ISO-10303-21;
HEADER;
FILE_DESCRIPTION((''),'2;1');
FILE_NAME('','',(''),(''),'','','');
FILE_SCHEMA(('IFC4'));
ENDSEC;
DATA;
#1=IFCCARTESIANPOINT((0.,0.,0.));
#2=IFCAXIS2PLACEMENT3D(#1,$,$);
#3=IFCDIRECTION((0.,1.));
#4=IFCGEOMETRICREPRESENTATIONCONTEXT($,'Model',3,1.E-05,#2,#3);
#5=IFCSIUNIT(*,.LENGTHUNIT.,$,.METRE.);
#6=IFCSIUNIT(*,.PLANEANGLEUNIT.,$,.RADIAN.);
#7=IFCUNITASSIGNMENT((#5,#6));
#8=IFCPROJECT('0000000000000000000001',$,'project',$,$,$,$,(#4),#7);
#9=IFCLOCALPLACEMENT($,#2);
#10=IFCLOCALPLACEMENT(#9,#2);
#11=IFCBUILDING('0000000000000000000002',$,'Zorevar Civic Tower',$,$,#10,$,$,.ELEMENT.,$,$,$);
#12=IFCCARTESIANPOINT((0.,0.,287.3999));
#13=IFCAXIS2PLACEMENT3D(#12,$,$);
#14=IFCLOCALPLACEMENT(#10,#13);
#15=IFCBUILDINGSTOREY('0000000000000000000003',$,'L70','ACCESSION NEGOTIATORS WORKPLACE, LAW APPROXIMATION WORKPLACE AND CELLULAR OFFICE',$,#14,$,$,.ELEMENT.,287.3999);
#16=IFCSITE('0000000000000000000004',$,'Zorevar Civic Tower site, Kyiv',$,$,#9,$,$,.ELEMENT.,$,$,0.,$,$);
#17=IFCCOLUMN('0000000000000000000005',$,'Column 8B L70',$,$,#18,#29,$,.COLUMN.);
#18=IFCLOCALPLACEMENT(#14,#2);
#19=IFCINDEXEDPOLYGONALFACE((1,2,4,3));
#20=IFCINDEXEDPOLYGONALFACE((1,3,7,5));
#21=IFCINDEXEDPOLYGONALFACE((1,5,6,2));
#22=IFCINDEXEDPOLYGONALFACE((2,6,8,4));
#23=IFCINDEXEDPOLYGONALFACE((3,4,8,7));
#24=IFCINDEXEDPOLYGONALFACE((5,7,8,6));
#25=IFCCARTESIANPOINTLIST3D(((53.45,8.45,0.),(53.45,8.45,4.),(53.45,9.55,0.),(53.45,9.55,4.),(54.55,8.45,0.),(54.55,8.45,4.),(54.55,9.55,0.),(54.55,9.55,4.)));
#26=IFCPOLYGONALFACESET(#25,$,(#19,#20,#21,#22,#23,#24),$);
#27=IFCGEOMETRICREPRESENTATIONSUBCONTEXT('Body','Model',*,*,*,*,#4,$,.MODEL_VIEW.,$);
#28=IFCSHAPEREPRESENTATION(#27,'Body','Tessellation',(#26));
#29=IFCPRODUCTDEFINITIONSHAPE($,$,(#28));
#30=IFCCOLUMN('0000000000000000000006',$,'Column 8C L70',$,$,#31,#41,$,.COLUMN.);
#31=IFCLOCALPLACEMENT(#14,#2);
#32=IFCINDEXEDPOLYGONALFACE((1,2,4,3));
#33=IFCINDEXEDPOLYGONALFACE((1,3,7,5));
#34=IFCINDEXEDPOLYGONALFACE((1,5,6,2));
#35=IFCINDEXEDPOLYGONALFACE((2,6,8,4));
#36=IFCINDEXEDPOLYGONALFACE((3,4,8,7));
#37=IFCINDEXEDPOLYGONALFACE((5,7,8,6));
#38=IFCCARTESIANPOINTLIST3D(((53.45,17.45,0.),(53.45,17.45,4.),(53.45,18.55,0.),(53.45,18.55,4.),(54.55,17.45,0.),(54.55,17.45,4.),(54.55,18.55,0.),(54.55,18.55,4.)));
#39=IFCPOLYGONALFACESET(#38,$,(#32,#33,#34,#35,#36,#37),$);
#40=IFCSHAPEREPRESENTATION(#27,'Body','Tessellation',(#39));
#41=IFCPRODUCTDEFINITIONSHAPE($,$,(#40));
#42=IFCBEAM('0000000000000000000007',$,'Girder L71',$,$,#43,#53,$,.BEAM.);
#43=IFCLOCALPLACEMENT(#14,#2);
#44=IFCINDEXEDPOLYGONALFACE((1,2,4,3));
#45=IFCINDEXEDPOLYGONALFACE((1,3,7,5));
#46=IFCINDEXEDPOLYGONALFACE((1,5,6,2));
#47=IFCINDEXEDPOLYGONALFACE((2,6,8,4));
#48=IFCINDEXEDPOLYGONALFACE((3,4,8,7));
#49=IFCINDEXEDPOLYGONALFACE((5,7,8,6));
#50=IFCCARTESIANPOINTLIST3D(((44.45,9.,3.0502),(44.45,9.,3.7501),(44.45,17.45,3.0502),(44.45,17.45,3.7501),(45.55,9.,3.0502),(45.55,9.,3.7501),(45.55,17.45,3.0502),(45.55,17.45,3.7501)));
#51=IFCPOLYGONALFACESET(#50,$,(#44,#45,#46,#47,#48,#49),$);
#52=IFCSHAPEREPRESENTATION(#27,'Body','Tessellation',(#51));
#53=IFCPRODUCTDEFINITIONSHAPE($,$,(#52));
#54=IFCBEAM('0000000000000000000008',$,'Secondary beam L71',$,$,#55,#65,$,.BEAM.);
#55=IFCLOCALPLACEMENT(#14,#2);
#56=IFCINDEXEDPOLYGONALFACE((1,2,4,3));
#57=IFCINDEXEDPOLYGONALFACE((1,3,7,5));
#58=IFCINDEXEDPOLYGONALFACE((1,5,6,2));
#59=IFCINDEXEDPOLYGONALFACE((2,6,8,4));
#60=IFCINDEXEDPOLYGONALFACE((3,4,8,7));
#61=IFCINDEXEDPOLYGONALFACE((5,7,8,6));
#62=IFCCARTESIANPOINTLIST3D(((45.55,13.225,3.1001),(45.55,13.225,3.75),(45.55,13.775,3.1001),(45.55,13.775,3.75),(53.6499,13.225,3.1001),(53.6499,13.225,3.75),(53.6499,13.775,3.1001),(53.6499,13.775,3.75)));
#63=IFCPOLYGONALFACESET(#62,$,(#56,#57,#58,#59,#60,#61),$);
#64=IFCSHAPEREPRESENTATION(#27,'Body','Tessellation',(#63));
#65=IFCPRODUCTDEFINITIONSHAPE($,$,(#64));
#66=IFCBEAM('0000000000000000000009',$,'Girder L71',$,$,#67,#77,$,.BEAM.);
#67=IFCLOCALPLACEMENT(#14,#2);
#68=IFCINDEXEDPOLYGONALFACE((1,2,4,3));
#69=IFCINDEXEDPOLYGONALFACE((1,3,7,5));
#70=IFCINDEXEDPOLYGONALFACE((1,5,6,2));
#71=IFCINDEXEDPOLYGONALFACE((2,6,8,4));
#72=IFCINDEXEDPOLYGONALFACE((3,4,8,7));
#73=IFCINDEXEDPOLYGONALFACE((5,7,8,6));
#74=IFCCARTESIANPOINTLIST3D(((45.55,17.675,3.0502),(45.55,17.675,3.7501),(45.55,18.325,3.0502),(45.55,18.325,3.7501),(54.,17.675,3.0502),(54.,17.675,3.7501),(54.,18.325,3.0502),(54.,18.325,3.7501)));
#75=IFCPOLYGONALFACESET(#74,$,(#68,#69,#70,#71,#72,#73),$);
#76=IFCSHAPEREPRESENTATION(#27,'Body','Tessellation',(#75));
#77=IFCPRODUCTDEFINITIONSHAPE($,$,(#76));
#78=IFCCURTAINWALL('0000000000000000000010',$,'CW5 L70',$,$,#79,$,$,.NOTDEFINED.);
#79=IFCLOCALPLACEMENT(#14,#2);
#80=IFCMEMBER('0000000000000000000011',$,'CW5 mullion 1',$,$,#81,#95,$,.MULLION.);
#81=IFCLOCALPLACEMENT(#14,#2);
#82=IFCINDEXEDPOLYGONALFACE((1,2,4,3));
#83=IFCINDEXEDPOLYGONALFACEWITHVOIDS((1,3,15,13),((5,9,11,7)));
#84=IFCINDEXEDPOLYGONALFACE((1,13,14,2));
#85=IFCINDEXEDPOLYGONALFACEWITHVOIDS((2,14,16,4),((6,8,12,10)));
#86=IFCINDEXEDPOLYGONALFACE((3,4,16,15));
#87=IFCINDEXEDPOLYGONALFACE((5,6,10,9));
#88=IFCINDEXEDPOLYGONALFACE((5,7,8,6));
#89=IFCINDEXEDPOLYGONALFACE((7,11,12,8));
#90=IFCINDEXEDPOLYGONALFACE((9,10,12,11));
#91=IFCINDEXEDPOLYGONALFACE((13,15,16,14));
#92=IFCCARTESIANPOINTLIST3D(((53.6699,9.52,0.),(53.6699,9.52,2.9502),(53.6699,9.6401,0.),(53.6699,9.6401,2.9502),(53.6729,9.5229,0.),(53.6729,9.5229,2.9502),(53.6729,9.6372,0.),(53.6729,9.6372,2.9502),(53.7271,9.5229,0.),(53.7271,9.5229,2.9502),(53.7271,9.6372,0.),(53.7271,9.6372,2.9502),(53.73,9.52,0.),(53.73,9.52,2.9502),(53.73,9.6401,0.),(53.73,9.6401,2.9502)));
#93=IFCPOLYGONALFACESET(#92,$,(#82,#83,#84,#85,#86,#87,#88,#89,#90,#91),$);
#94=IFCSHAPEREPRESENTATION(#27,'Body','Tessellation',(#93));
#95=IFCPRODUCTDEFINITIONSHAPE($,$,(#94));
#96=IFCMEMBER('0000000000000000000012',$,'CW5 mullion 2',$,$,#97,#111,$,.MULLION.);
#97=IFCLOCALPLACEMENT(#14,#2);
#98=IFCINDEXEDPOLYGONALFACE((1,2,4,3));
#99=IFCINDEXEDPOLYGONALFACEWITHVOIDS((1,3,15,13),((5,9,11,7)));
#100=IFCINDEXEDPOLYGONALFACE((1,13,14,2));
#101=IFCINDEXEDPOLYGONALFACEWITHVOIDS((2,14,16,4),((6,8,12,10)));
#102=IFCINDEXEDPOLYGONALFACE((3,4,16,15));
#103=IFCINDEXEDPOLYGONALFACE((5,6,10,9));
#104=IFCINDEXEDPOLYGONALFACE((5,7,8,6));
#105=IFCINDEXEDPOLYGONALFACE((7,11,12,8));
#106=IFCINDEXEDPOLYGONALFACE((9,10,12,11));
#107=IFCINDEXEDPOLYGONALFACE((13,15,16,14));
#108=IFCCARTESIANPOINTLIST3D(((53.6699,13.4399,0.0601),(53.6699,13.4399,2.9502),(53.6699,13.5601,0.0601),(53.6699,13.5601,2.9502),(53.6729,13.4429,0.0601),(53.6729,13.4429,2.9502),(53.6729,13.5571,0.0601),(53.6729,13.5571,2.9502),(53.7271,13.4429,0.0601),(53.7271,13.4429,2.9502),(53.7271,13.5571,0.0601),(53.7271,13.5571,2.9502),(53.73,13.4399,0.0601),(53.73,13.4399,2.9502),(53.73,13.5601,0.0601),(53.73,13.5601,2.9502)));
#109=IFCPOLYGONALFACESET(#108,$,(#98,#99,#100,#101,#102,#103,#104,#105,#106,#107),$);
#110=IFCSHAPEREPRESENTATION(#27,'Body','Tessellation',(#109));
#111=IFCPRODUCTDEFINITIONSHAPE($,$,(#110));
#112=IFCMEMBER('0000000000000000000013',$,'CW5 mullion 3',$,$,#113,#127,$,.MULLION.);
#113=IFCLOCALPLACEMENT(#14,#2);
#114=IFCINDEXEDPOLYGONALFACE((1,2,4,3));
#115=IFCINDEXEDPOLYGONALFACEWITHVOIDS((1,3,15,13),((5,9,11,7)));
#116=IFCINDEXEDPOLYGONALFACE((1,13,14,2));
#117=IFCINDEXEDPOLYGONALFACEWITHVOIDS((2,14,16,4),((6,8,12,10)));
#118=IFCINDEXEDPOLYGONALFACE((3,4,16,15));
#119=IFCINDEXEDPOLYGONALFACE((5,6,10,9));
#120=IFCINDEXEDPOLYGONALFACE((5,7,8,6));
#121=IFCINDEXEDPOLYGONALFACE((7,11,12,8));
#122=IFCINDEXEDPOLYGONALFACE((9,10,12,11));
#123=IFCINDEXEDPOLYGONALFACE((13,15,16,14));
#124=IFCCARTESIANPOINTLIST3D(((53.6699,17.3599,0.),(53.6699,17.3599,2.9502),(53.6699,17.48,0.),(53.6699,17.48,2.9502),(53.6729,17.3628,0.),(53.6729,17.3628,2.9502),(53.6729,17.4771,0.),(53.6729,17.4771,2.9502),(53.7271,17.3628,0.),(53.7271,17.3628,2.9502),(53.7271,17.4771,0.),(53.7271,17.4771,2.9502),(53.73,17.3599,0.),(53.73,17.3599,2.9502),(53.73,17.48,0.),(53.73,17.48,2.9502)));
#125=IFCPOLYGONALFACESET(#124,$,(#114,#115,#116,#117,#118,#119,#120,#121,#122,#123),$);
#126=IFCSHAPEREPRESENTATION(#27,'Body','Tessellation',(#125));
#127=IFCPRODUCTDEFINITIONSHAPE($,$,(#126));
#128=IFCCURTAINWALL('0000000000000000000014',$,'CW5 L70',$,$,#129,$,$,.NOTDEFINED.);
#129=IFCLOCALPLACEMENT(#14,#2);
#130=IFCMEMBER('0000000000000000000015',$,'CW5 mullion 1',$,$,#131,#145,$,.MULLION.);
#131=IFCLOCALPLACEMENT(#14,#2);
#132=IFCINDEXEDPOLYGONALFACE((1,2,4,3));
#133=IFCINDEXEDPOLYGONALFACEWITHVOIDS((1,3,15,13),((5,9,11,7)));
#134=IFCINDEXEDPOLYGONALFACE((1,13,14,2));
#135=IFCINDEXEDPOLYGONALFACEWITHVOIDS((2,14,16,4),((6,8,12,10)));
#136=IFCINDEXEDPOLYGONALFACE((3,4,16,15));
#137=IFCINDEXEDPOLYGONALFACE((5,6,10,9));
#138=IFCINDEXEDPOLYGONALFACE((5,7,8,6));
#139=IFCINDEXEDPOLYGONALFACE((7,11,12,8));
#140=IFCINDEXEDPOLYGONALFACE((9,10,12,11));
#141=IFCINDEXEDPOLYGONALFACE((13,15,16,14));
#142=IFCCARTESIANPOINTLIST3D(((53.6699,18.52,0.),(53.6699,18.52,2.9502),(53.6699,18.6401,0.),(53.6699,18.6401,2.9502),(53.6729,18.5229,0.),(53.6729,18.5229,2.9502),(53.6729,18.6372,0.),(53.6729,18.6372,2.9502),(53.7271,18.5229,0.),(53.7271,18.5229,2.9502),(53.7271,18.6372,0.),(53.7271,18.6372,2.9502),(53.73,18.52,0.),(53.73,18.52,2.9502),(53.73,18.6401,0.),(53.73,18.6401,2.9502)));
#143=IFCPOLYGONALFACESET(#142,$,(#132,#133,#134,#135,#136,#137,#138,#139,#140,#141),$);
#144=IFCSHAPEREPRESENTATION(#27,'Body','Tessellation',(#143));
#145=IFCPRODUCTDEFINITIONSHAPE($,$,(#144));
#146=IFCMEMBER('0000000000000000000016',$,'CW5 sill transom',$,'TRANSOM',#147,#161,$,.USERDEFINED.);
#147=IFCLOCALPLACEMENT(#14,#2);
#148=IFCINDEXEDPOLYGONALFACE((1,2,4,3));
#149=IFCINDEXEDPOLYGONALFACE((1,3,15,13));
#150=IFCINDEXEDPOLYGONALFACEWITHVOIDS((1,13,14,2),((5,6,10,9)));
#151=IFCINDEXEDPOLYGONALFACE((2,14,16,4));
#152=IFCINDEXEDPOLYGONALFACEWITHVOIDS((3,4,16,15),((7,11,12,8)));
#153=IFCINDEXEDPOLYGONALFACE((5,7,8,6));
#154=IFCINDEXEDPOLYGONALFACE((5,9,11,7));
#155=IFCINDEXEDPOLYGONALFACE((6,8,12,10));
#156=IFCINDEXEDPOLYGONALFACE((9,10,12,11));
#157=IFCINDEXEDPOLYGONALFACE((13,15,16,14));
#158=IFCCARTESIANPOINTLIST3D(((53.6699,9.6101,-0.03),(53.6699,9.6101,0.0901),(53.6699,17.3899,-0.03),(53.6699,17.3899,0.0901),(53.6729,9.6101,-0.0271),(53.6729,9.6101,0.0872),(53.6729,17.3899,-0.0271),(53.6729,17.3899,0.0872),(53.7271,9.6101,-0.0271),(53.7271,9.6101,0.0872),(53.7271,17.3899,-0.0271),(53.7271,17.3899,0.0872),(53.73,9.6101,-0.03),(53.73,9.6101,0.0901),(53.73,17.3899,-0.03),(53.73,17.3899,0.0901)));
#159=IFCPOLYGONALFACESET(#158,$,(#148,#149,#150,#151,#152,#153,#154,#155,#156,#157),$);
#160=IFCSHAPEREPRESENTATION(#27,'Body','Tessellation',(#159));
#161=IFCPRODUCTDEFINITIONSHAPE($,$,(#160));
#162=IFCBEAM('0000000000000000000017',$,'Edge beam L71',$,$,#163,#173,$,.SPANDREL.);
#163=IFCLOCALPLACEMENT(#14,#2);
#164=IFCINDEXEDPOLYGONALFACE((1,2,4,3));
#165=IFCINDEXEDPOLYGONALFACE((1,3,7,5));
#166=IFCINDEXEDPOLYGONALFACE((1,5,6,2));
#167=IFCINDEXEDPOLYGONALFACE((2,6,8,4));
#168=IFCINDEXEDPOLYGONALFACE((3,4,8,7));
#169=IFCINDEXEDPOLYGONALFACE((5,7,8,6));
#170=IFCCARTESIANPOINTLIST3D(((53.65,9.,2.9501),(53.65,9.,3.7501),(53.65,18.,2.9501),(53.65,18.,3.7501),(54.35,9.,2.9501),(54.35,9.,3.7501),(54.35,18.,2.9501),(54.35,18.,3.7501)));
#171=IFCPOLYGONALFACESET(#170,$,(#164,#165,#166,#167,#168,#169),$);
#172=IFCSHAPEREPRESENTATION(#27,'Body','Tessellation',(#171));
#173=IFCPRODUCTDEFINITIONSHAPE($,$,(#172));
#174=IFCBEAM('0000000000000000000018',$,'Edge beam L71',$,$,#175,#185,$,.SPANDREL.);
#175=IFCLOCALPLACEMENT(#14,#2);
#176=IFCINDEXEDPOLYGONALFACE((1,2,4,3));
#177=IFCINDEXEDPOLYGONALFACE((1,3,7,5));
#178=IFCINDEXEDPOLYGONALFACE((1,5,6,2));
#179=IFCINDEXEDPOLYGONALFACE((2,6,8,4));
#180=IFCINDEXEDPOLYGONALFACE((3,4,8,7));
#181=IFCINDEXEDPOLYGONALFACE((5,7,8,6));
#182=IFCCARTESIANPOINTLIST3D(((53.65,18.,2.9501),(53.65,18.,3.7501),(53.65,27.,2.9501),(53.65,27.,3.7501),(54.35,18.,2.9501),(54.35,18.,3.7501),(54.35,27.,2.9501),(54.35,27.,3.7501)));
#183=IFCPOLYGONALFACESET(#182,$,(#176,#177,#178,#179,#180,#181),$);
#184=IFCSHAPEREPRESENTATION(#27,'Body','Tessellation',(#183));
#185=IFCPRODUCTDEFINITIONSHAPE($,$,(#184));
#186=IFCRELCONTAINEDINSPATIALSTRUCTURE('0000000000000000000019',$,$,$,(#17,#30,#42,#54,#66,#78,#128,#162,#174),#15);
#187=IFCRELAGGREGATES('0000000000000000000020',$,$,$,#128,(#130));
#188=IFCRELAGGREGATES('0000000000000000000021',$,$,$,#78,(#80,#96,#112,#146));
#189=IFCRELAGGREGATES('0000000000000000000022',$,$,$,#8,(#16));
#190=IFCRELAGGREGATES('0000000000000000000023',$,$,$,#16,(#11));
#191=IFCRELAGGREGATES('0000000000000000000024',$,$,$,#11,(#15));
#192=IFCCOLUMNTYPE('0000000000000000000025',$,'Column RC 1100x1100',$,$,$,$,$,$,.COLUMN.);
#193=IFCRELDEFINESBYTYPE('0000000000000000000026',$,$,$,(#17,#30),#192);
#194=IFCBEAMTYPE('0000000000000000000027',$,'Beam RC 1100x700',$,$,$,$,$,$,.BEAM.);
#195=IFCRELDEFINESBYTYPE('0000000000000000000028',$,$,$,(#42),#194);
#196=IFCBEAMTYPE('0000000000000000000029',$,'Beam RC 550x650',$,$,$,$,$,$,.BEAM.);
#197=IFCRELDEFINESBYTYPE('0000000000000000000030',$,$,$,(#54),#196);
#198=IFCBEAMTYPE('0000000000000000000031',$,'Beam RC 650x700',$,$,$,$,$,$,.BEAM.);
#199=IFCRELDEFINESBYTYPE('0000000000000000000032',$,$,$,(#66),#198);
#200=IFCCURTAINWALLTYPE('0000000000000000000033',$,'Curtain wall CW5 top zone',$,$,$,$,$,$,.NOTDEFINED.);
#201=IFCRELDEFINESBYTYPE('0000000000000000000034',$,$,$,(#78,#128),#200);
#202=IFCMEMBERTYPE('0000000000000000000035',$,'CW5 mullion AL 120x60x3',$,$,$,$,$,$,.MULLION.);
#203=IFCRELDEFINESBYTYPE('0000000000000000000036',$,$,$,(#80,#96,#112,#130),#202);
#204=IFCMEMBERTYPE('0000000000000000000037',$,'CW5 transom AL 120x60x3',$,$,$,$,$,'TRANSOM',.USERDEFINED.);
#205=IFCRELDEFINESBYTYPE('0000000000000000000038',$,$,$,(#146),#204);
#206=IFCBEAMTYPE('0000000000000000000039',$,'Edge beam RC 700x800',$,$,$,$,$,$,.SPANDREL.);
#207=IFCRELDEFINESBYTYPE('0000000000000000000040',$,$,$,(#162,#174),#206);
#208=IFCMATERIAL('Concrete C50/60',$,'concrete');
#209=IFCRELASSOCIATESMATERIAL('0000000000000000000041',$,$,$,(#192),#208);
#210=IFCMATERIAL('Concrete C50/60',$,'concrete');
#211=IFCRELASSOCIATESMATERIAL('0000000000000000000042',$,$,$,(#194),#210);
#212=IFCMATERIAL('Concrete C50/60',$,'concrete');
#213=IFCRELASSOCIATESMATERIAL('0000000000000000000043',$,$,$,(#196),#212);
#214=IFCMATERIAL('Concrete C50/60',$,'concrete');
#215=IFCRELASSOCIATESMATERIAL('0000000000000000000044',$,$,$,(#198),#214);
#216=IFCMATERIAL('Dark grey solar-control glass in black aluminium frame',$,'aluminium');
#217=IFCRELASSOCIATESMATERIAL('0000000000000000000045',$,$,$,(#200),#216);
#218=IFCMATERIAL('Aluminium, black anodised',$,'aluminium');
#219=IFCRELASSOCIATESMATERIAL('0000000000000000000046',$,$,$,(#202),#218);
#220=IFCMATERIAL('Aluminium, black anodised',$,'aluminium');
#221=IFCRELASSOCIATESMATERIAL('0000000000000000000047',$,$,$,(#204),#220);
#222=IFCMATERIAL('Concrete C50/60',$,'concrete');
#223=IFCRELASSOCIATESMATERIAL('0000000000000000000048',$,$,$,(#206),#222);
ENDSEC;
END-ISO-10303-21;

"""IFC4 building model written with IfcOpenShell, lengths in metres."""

from ifc_helpers import new_model, si_unit, direction, frame, origin, origin_2d, place, context, subcontext, project, spatial, rectangle, hollow_rectangle, extrude, material, material_profile, profile_set, type_object, element, aggregate, save


model = new_model("IFC4")

# Units and contexts
model_context = context("Model", 3, precision=1e-05, world=origin(), true_north=direction((0.0, 1.0)))
body_context = subcontext(model_context, "Body", "Model", "MODEL_VIEW")
ifc_project = project(units=[si_unit("LENGTHUNIT", "METRE"), si_unit("PLANEANGLEUNIT", "RADIAN")], contexts=[model_context])

# Site, building, storey
site_placement = place(None, origin())
site = spatial("IfcSite", under=ifc_project, at=site_placement, Name="Zorevar Civic Tower site, Kyiv", CompositionType="ELEMENT", RefElevation=0.0)
building_placement = place(site_placement, origin())
building = spatial("IfcBuilding", under=site, at=building_placement, Name="Zorevar Civic Tower", CompositionType="ELEMENT")
storey_placement = place(building_placement, frame((0.0, 0.0, 287.3999)))
storey = spatial("IfcBuildingStorey", under=building, at=storey_placement, Name="L70", Description="ACCESSION NEGOTIATORS WORKPLACE, LAW APPROXIMATION WORKPLACE AND CELLULAR OFFICE", CompositionType="ELEMENT", Elevation=287.3999)

# Columns
ifc_material_1 = material(Name="Concrete C50/60", Category="concrete")
ifc_material_profile_1 = material_profile(ifc_material_1, rectangle(XDim=1.1001, YDim=1.1001, at=origin_2d()), Name="RC 1100x1100")
ifc_profile_set_1 = profile_set([ifc_material_profile_1], Name="Concrete C50/60")
column_type = type_object("IfcColumnType", Name="Column RC 1100x1100", PredefinedType="COLUMN", material=ifc_profile_set_1)
for number, where, z_axis, x_axis, name in (
    (1, (54.0, 9.0, 0.0), (0.0, 0.0, 1.0), (1.0, 0.0, 0.0), "Column 8B L70"),
    (2, (54.0, 18.0, 0.0), (0.0, 0.0, 1.0), (1.0, 0.0, 0.0), "Column 8C L70"),
):
    element("IfcColumn", number, at=place(storey_placement, frame(where, z_axis=z_axis, x_axis=x_axis)), inside=storey, type_object=column_type, Name=name, PredefinedType="COLUMN", context=body_context, shape_type="SweptSolid", body=[
        extrude(rectangle(XDim=1.1001, YDim=1.1001, at=origin_2d()), origin(), (0.0, 0.0, 1.0), 4.0),
    ])

# Beams
ifc_material_2 = material(Name="Concrete C50/60", Category="concrete")
ifc_material_profile_2 = material_profile(ifc_material_2, rectangle(XDim=1.1001, YDim=0.7, at=origin_2d()), Name="RC 1100x700")
ifc_profile_set_2 = profile_set([ifc_material_profile_2], Name="Concrete C50/60")
beam_type_1 = type_object("IfcBeamType", Name="Beam RC 1100x700", PredefinedType="BEAM", material=ifc_profile_set_2)
beam_1_placement = place(storey_placement, frame((45.0, 9.0, 3.4001), z_axis=(0.0, 1.0, 0.0), x_axis=(-1.0, 0.0, 0.0)))
element("IfcBeam", 3, at=beam_1_placement, inside=storey, type_object=beam_type_1, Name="Girder L71", PredefinedType="BEAM", context=body_context, shape_type="SweptSolid", body=[
    extrude(rectangle(XDim=1.1001, YDim=0.7, at=origin_2d()), origin(), (0.0, 0.0, 1.0), 8.45),
])
ifc_material_3 = material(Name="Concrete C50/60", Category="concrete")
ifc_material_profile_3 = material_profile(ifc_material_3, rectangle(XDim=0.55, YDim=0.6499, at=origin_2d()), Name="RC 550x650")
ifc_profile_set_3 = profile_set([ifc_material_profile_3], Name="Concrete C50/60")
beam_type_2 = type_object("IfcBeamType", Name="Beam RC 550x650", PredefinedType="BEAM", material=ifc_profile_set_3)
beam_2_placement = place(storey_placement, frame((45.55, 13.5, 3.425), z_axis=(1.0, 0.0, 0.0), x_axis=(0.0, 1.0, 0.0)))
element("IfcBeam", 4, at=beam_2_placement, inside=storey, type_object=beam_type_2, Name="Secondary beam L71", PredefinedType="BEAM", context=body_context, shape_type="SweptSolid", body=[
    extrude(rectangle(XDim=0.55, YDim=0.6499, at=origin_2d()), origin(), (0.0, 0.0, 1.0), 8.0999),
])
ifc_material_4 = material(Name="Concrete C50/60", Category="concrete")
ifc_material_profile_4 = material_profile(ifc_material_4, rectangle(XDim=0.6499, YDim=0.7, at=origin_2d()), Name="RC 650x700")
ifc_profile_set_4 = profile_set([ifc_material_profile_4], Name="Concrete C50/60")
beam_type_3 = type_object("IfcBeamType", Name="Beam RC 650x700", PredefinedType="BEAM", material=ifc_profile_set_4)
beam_3_placement = place(storey_placement, frame((45.55, 18.0, 3.4001), z_axis=(1.0, 0.0, 0.0), x_axis=(0.0, 1.0, 0.0)))
element("IfcBeam", 5, at=beam_3_placement, inside=storey, type_object=beam_type_3, Name="Girder L71", PredefinedType="BEAM", context=body_context, shape_type="SweptSolid", body=[
    extrude(rectangle(XDim=0.6499, YDim=0.7, at=origin_2d()), origin(), (0.0, 0.0, 1.0), 8.45),
])

# Curtain wall, members
ifc_material_5 = material(Name="Dark grey solar-control glass in black aluminium frame", Category="aluminium")
curtain_wall_type = type_object("IfcCurtainWallType", Name="Curtain wall CW5 top zone", PredefinedType="NOTDEFINED", material=ifc_material_5)
curtain_wall_1_placement = place(storey_placement, origin())
curtain_wall_1 = element("IfcCurtainWall", 6, at=curtain_wall_1_placement, inside=storey, type_object=curtain_wall_type, Name="CW5 L70", PredefinedType="NOTDEFINED")
ifc_material_6 = material(Name="Aluminium, black anodised", Category="aluminium")
ifc_material_profile_5 = material_profile(ifc_material_6, hollow_rectangle(XDim=0.0601, YDim=0.1201, WallThickness=0.0029, at=origin_2d()), Name="AL 120x60x3")
ifc_profile_set_5 = profile_set([ifc_material_profile_5], Name="Aluminium, black anodised")
member_type_1 = type_object("IfcMemberType", Name="CW5 mullion AL 120x60x3", PredefinedType="MULLION", material=ifc_profile_set_5)
member_1_placement = place(storey_placement, frame((53.7, 9.5801, 0.0), z_axis=(0.0, 0.0, 1.0), x_axis=(-1.0, 0.0, 0.0)))
member_1 = element("IfcMember", 7, at=member_1_placement, type_object=member_type_1, Name="CW5 mullion 1", PredefinedType="MULLION", context=body_context, shape_type="SweptSolid", body=[
    extrude(hollow_rectangle(XDim=0.0601, YDim=0.1201, WallThickness=0.0029, at=origin_2d()), origin(), (0.0, 0.0, 1.0), 2.9502),
])
member_2_placement = place(storey_placement, frame((53.7, 13.5, 0.0601), z_axis=(0.0, 0.0, 1.0), x_axis=(-1.0, 0.0, 0.0)))
member_2 = element("IfcMember", 8, at=member_2_placement, type_object=member_type_1, Name="CW5 mullion 2", PredefinedType="MULLION", context=body_context, shape_type="SweptSolid", body=[
    extrude(hollow_rectangle(XDim=0.0601, YDim=0.1201, WallThickness=0.0029, at=origin_2d()), origin(), (0.0, 0.0, 1.0), 2.8901),
])
member_3_placement = place(storey_placement, frame((53.7, 17.4199, 0.0), z_axis=(0.0, 0.0, 1.0), x_axis=(-1.0, 0.0, 0.0)))
member_3 = element("IfcMember", 9, at=member_3_placement, type_object=member_type_1, Name="CW5 mullion 3", PredefinedType="MULLION", context=body_context, shape_type="SweptSolid", body=[
    extrude(hollow_rectangle(XDim=0.0601, YDim=0.1201, WallThickness=0.0029, at=origin_2d()), origin(), (0.0, 0.0, 1.0), 2.9502),
])

# Curtain wall, member
curtain_wall_2_placement = place(storey_placement, origin())
curtain_wall_2 = element("IfcCurtainWall", 10, at=curtain_wall_2_placement, inside=storey, type_object=curtain_wall_type, Name="CW5 L70", PredefinedType="NOTDEFINED")
member_4_placement = place(storey_placement, frame((53.7, 18.5801, 0.0), z_axis=(0.0, 0.0, 1.0), x_axis=(-1.0, 0.0, 0.0)))
member_4 = element("IfcMember", 11, at=member_4_placement, type_object=member_type_1, Name="CW5 mullion 1", PredefinedType="MULLION", context=body_context, shape_type="SweptSolid", body=[
    extrude(hollow_rectangle(XDim=0.0601, YDim=0.1201, WallThickness=0.0029, at=origin_2d()), origin(), (0.0, 0.0, 1.0), 2.9502),
])
aggregate(curtain_wall_2, [member_4])

# Member
ifc_material_7 = material(Name="Aluminium, black anodised", Category="aluminium")
ifc_material_profile_6 = material_profile(ifc_material_7, hollow_rectangle(XDim=0.0601, YDim=0.1201, WallThickness=0.0029, at=origin_2d()), Name="AL 120x60x3")
ifc_profile_set_6 = profile_set([ifc_material_profile_6], Name="Aluminium, black anodised")
member_type_2 = type_object("IfcMemberType", Name="CW5 transom AL 120x60x3", ElementType="TRANSOM", PredefinedType="USERDEFINED", material=ifc_profile_set_6)
member_5_placement = place(storey_placement, frame((53.7, 9.6101, 0.03), z_axis=(0.0, 1.0, 0.0), x_axis=(-1.0, 0.0, 0.0)))
member_5 = element("IfcMember", 12, at=member_5_placement, type_object=member_type_2, Name="CW5 sill transom", ObjectType="TRANSOM", PredefinedType="USERDEFINED", context=body_context, shape_type="SweptSolid", body=[
    extrude(hollow_rectangle(XDim=0.0601, YDim=0.1201, WallThickness=0.0029, at=origin_2d()), origin(), (0.0, 0.0, 1.0), 7.7798),
])

# Beams
ifc_material_8 = material(Name="Concrete C50/60", Category="concrete")
ifc_material_profile_7 = material_profile(ifc_material_8, rectangle(XDim=0.7, YDim=0.8, at=origin_2d()), Name="RC 700x800")
ifc_profile_set_7 = profile_set([ifc_material_profile_7], Name="Concrete C50/60")
beam_type_4 = type_object("IfcBeamType", Name="Edge beam RC 700x800", PredefinedType="SPANDREL", material=ifc_profile_set_7)
for number, where, z_axis, x_axis, name in (
    (13, (54.0, 9.0, 3.3501), (0.0, 1.0, 0.0), (-1.0, 0.0, 0.0), "Edge beam L71"),
    (14, (54.0, 18.0, 3.3501), (0.0, 1.0, 0.0), (-1.0, 0.0, 0.0), "Edge beam L71"),
):
    element("IfcBeam", number, at=place(storey_placement, frame(where, z_axis=z_axis, x_axis=x_axis)), inside=storey, type_object=beam_type_4, Name=name, PredefinedType="SPANDREL", context=body_context, shape_type="SweptSolid", body=[
        extrude(rectangle(XDim=0.7, YDim=0.8, at=origin_2d()), origin(), (0.0, 0.0, 1.0), 9.0),
    ])

aggregate(curtain_wall_1, [member_1, member_2, member_3, member_5])

save(model, "model.ifc")
